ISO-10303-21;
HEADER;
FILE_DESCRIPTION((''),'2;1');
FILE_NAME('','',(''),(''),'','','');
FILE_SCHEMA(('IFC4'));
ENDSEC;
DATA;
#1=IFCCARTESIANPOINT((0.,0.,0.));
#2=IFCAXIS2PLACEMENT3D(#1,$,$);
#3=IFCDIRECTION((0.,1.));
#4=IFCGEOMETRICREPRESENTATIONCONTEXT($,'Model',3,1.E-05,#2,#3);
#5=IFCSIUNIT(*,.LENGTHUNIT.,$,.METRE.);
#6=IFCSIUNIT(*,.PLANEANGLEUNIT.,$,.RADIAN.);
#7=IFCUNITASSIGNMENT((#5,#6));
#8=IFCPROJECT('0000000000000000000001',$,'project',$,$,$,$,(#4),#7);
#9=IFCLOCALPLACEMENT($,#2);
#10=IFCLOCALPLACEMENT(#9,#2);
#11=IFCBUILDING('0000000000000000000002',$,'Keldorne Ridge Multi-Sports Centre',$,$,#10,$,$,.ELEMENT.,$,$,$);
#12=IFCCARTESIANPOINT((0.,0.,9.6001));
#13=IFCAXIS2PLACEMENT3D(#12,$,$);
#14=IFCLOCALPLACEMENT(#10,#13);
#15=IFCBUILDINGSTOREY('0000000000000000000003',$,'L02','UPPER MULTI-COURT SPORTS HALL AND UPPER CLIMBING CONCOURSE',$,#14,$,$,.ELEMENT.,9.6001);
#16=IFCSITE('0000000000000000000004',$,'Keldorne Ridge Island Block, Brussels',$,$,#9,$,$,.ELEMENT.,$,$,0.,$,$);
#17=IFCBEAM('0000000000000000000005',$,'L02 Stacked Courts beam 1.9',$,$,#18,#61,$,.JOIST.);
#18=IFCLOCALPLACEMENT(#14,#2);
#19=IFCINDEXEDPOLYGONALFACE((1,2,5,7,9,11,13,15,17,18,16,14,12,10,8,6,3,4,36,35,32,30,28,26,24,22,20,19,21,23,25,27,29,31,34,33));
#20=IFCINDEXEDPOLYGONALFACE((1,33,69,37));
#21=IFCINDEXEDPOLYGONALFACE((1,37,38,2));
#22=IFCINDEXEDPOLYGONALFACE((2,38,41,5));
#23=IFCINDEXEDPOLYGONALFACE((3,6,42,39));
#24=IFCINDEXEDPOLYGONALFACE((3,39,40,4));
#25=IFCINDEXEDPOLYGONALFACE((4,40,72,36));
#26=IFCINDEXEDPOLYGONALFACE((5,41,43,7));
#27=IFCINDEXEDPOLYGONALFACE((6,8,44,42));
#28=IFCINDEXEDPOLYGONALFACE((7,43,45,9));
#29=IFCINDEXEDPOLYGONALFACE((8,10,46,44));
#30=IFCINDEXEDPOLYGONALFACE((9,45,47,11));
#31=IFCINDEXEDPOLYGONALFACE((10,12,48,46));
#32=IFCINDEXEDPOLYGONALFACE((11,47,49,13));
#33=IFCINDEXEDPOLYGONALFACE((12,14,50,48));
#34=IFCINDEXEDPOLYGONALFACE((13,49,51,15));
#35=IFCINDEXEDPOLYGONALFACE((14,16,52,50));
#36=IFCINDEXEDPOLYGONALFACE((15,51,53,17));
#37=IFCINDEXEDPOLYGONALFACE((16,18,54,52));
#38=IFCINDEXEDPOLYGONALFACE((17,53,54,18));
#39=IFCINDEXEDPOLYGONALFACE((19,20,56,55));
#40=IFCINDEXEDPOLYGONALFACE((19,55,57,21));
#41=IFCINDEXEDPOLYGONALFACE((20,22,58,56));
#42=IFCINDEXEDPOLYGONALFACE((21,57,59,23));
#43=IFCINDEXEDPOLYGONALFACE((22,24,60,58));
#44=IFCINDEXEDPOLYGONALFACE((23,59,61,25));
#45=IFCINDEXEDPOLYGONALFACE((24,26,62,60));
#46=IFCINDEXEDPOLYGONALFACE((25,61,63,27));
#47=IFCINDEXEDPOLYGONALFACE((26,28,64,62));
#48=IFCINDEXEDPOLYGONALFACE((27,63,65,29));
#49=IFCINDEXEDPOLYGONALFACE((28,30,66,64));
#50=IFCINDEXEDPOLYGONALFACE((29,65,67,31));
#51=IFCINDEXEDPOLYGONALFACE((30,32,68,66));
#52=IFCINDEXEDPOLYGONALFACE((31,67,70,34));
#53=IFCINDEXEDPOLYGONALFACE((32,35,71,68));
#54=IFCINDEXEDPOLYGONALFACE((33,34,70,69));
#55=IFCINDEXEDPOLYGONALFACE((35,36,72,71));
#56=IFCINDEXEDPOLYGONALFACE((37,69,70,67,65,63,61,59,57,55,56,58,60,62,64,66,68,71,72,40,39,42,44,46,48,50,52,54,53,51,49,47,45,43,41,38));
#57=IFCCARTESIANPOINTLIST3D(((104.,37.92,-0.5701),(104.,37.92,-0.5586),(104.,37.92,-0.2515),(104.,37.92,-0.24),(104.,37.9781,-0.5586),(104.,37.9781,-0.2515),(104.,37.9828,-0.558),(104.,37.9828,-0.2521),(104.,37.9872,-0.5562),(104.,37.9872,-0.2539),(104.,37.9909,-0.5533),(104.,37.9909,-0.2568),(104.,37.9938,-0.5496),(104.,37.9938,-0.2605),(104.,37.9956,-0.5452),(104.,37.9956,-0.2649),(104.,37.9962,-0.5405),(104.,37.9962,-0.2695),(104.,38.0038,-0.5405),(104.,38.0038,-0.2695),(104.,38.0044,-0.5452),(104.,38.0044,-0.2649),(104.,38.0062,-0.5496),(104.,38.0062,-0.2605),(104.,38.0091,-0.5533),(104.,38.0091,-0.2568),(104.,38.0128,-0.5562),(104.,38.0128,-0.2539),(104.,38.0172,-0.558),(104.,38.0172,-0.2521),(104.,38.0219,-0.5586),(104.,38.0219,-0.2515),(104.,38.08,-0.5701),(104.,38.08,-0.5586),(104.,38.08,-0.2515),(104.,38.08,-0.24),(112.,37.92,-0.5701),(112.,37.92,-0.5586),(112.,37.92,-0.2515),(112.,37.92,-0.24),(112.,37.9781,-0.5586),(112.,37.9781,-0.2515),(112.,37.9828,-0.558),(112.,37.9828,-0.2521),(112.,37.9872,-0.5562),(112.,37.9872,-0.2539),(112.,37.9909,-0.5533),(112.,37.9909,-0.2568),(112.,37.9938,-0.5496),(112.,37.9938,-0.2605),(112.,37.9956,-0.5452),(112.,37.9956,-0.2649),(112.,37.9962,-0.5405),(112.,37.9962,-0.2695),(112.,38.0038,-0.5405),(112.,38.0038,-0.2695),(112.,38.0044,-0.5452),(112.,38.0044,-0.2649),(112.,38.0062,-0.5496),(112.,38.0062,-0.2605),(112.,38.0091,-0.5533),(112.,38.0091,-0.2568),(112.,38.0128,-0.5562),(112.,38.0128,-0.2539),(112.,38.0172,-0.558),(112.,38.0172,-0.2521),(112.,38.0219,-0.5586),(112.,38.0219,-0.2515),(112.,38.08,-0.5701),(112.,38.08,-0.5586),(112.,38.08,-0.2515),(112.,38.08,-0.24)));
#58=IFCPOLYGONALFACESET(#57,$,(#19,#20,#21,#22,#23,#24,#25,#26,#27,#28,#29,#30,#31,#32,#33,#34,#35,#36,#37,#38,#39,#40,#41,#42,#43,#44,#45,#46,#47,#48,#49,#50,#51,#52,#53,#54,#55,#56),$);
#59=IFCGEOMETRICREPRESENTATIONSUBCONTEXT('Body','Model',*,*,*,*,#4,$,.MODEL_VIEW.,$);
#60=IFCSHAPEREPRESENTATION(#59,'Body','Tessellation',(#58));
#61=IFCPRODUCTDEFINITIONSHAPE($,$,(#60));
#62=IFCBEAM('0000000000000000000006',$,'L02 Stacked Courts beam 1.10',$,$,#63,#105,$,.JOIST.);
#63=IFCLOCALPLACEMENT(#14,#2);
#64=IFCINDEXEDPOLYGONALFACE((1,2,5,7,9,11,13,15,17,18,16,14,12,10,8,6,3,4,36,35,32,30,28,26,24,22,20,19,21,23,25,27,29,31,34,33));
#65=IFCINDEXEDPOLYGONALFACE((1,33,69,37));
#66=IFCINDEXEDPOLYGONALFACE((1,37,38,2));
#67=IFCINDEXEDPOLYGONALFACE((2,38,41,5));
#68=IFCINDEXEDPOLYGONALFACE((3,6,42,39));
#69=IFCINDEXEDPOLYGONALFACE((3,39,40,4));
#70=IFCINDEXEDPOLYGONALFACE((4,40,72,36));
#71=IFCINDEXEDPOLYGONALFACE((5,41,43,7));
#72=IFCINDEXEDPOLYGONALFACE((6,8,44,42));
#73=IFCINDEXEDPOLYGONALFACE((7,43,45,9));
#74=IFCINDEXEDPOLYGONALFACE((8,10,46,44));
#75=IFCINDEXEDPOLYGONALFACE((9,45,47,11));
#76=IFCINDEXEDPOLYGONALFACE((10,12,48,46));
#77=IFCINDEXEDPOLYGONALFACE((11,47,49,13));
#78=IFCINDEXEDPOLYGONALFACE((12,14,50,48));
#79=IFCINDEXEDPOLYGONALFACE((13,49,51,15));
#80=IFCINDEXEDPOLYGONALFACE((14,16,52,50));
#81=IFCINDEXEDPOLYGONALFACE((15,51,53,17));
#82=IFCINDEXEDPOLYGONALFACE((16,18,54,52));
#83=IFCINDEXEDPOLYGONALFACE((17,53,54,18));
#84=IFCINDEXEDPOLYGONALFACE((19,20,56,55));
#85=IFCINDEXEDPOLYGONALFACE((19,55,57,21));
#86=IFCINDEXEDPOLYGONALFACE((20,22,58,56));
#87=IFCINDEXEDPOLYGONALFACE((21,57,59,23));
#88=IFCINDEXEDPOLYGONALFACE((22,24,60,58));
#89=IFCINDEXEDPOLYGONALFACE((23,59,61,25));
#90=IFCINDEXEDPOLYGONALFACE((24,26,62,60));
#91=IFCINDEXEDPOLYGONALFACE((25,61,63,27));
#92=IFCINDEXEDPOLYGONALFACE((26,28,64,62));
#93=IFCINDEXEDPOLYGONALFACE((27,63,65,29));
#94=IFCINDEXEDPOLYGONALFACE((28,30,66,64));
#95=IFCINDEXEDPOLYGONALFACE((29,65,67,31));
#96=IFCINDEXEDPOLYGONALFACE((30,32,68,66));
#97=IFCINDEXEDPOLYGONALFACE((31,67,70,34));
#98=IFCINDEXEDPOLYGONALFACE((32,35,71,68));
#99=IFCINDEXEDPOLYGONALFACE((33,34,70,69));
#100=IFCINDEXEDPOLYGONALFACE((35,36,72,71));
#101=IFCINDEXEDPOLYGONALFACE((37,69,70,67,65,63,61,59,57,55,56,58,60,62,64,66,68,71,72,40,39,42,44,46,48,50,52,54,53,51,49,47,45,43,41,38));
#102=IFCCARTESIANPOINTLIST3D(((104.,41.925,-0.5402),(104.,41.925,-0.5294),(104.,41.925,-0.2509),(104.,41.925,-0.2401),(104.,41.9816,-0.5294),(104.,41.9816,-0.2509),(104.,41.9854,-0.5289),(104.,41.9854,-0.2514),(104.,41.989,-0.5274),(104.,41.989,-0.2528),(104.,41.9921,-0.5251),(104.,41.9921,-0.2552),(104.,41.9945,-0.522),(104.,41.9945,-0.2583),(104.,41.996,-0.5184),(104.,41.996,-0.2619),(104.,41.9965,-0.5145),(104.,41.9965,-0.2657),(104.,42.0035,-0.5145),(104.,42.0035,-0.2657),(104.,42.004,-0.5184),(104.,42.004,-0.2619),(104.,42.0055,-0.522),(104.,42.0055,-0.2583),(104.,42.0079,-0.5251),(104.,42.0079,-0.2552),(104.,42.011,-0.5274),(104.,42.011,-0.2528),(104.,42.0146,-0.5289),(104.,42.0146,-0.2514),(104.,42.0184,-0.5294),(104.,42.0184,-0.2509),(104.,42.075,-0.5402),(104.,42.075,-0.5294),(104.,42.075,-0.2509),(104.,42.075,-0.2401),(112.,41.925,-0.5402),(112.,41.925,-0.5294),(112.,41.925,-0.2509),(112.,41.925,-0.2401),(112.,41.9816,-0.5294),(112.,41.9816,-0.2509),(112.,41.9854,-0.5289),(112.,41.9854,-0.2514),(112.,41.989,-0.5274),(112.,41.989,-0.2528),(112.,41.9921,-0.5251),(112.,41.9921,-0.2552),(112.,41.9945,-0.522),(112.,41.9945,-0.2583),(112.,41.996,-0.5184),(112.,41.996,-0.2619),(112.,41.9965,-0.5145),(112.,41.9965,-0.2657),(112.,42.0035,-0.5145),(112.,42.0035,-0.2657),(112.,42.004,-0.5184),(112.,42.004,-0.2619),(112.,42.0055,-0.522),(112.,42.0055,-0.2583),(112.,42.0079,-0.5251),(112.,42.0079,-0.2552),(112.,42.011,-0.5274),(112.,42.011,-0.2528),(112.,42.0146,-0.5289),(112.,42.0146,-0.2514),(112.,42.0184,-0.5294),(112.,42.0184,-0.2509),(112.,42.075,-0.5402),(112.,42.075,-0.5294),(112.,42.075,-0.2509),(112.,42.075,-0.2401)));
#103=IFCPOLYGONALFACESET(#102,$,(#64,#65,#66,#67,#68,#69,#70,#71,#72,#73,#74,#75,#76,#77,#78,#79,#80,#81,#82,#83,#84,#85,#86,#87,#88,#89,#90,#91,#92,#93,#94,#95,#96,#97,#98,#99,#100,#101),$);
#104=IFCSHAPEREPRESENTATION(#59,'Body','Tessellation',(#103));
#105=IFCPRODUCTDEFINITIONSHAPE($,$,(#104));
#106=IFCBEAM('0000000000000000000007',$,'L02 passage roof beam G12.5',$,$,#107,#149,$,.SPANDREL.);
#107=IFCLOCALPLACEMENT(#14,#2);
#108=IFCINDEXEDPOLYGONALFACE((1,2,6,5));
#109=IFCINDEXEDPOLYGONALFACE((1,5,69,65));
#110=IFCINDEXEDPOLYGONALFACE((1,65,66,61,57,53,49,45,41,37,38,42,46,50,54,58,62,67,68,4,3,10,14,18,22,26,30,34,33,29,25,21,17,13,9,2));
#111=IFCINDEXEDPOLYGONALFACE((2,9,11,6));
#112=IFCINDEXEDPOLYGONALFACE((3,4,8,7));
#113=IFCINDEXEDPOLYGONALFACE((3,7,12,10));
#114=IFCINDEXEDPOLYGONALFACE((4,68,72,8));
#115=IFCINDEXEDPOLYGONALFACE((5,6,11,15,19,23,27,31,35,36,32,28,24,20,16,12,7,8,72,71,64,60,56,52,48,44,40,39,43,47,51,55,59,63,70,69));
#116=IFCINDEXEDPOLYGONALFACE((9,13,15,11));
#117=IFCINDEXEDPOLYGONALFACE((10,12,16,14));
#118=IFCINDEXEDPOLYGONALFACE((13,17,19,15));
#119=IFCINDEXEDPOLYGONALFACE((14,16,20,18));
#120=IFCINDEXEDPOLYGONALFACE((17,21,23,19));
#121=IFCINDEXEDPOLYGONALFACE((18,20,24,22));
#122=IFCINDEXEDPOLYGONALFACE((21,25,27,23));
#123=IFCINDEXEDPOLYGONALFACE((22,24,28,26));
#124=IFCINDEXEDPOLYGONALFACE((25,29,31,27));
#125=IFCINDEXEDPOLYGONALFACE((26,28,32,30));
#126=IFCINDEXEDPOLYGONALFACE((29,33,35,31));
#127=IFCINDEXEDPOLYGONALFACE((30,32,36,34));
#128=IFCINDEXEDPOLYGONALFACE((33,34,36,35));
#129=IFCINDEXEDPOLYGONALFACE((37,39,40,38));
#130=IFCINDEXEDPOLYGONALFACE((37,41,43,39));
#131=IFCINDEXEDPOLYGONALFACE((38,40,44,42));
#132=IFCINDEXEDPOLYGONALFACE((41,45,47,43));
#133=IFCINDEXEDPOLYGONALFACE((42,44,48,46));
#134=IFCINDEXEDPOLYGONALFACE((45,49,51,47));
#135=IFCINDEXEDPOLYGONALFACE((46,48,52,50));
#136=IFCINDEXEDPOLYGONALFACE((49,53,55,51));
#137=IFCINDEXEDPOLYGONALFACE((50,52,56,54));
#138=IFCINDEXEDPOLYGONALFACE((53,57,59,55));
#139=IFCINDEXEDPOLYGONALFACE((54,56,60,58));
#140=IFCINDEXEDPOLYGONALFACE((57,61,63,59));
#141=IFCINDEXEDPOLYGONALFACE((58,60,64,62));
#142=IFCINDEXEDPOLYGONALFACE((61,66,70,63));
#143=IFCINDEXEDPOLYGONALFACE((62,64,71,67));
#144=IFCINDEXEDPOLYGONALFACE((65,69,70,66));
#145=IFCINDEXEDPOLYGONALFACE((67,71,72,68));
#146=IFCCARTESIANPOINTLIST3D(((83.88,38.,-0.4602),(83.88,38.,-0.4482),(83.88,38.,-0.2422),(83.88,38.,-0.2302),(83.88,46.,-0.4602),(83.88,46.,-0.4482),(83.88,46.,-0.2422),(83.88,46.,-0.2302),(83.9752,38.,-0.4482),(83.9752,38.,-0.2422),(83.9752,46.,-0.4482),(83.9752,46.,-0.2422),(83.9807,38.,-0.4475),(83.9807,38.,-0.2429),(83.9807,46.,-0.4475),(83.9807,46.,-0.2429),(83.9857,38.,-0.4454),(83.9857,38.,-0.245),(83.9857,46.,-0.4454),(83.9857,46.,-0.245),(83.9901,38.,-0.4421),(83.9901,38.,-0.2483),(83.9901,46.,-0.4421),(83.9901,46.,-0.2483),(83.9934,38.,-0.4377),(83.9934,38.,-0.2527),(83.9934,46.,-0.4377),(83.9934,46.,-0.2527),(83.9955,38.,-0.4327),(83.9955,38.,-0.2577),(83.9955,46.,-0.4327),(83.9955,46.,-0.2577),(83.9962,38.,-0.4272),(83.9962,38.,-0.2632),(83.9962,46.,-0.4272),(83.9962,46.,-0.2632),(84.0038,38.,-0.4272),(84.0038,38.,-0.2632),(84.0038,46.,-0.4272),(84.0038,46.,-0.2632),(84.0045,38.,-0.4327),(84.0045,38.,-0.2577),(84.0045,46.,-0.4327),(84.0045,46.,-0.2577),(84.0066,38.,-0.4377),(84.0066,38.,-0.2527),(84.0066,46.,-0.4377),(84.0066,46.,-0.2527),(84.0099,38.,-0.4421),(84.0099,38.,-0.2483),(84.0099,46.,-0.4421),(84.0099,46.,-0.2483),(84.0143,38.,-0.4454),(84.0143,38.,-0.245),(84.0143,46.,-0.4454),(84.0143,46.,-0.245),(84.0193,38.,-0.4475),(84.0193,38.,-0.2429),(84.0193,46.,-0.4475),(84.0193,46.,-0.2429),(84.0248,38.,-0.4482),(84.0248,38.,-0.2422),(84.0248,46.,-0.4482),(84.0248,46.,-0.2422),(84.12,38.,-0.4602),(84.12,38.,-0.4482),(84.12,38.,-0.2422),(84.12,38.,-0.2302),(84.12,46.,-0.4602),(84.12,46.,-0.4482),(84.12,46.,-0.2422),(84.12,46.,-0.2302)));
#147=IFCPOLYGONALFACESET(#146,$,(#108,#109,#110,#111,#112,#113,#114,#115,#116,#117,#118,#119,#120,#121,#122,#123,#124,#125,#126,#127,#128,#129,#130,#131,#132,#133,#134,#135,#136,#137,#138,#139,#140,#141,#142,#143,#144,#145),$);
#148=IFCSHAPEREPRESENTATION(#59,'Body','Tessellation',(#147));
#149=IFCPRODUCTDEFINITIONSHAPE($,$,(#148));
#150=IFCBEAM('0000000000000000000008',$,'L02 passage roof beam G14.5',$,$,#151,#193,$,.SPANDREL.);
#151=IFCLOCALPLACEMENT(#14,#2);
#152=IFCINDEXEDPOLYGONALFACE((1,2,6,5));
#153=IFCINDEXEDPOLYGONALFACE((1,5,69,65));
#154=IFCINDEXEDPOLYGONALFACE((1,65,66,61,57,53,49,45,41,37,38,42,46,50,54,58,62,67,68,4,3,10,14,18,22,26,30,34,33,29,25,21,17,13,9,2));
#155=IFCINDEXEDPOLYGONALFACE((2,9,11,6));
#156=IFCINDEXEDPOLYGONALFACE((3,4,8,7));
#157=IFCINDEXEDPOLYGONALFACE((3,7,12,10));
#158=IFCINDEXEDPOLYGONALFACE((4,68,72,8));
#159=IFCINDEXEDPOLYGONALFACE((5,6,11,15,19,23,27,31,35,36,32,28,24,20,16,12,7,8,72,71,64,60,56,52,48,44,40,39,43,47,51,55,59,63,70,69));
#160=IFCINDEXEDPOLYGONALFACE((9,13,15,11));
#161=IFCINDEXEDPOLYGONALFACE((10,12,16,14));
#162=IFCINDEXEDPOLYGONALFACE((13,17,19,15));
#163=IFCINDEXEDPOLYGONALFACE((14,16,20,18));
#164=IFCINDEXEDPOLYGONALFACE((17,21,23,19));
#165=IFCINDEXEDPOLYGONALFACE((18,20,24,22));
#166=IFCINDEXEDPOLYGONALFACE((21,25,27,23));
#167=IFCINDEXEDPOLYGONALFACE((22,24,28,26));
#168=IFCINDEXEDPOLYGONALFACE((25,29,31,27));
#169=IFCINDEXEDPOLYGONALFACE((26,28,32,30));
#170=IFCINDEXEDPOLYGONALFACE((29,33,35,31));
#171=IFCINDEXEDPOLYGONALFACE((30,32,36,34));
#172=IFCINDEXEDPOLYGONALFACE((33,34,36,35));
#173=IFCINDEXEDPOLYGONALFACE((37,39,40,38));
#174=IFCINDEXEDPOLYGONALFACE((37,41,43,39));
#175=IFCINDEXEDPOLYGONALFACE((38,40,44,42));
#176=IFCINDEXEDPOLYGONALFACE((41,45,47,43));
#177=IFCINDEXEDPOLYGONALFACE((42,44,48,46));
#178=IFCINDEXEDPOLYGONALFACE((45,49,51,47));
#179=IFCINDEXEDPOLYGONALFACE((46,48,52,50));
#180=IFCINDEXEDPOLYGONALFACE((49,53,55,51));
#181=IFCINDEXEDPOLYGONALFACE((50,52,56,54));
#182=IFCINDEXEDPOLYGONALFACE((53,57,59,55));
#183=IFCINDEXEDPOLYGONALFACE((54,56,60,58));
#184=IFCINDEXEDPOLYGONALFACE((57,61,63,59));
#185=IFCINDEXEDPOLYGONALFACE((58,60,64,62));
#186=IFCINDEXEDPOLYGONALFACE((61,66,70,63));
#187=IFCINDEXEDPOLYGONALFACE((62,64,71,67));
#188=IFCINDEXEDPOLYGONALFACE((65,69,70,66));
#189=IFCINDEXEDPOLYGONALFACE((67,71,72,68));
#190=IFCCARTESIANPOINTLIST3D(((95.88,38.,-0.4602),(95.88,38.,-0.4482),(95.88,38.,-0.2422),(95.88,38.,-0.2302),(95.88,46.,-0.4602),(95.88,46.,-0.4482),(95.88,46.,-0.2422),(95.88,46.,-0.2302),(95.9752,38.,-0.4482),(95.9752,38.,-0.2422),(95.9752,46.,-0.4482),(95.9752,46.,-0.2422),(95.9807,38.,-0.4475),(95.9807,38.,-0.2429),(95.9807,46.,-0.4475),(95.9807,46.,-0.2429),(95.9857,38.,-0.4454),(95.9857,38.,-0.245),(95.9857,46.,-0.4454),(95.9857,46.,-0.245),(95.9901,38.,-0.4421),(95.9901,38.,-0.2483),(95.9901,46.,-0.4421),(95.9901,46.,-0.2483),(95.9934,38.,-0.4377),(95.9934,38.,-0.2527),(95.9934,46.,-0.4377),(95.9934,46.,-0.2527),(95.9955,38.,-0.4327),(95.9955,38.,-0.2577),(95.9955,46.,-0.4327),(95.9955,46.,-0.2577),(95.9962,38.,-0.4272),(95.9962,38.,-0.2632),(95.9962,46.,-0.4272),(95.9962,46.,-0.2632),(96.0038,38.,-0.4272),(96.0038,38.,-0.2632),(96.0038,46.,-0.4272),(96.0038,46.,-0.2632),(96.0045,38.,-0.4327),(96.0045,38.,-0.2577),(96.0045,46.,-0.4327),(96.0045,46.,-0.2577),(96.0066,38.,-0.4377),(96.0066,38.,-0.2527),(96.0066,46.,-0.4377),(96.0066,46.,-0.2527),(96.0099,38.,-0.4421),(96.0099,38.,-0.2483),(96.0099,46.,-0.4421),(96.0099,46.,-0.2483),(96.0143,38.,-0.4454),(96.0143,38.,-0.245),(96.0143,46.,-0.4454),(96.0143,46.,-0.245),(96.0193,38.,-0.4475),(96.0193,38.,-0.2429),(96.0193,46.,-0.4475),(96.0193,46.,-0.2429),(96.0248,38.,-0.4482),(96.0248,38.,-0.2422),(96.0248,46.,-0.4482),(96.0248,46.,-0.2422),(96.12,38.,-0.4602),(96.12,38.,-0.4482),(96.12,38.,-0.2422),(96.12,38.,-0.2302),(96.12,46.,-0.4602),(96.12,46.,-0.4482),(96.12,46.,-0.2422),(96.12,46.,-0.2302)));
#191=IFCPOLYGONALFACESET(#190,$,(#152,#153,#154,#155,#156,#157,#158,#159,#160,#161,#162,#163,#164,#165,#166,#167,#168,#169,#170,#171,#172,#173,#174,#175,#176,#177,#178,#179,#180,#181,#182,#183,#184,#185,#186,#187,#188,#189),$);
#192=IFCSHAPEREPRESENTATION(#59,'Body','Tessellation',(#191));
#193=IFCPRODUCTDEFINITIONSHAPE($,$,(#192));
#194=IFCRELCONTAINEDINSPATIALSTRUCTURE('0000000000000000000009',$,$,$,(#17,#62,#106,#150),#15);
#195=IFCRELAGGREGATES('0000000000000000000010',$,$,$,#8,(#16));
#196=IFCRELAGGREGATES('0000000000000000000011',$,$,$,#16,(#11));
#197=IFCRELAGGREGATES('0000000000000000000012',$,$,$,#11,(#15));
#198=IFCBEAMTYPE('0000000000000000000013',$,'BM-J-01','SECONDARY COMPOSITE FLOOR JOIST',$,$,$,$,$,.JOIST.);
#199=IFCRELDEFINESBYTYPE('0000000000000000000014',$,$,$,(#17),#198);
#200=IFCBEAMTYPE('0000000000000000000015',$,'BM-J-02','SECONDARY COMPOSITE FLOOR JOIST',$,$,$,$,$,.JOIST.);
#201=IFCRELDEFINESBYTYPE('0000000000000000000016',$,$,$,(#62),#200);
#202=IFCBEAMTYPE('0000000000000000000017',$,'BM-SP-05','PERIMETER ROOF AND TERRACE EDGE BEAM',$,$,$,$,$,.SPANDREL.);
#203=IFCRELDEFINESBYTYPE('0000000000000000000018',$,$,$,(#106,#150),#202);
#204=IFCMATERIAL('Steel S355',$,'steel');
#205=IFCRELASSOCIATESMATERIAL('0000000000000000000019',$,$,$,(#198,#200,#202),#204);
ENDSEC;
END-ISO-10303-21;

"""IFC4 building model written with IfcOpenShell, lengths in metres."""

from ifc_helpers import new_model, si_unit, direction, frame, origin, origin_2d, place, context, subcontext, project, spatial, i_section, extrude, material, material_profile, profile_set, type_object, element, save


model = new_model("IFC4")

# Units and contexts
model_context = context("Model", 3, precision=1e-05, world=origin(), true_north=direction((0.0, 1.0)))
body_context = subcontext(model_context, "Body", "Model", "MODEL_VIEW")
ifc_project = project(units=[si_unit("LENGTHUNIT", "METRE"), si_unit("PLANEANGLEUNIT", "RADIAN")], contexts=[model_context])

# Site, building, storey
site_placement = place(None, origin())
site = spatial("IfcSite", under=ifc_project, at=site_placement, Name="Keldorne Ridge Island Block, Brussels", CompositionType="ELEMENT", RefElevation=0.0)
building_placement = place(site_placement, origin())
building = spatial("IfcBuilding", under=site, at=building_placement, Name="Keldorne Ridge Multi-Sports Centre", CompositionType="ELEMENT")
storey_placement = place(building_placement, frame((0.0, 0.0, 9.6001)))
storey = spatial("IfcBuildingStorey", under=building, at=storey_placement, Name="L02", Description="UPPER MULTI-COURT SPORTS HALL AND UPPER CLIMBING CONCOURSE", CompositionType="ELEMENT", Elevation=9.6001)

# Shared definitions
ifc_material_1 = material(Name="Steel S355", Category="steel")

# Beams
ifc_material_profile_1 = material_profile(ifc_material_1, i_section(OverallWidth=0.1599, OverallDepth=0.3301, WebThickness=0.0076, FlangeThickness=0.0115, FilletRadius=0.0181, at=origin_2d()), Name="IPE 330")
ifc_profile_set_1 = profile_set([ifc_material_profile_1], Name="Steel S355")
beam_type_1 = type_object("IfcBeamType", Name="BM-J-01", Description="SECONDARY COMPOSITE FLOOR JOIST", PredefinedType="JOIST", material=ifc_profile_set_1)
beam_1_placement = place(storey_placement, frame((104.0, 38.0, -0.405), z_axis=(1.0, 0.0, 0.0), x_axis=(0.0, 1.0, 0.0)))
element("IfcBeam", 1, at=beam_1_placement, inside=storey, type_object=beam_type_1, Name="L02 Stacked Courts beam 1.9", PredefinedType="JOIST", context=body_context, shape_type="SweptSolid", body=[
    extrude(i_section(OverallWidth=0.1599, OverallDepth=0.3301, WebThickness=0.0076, FlangeThickness=0.0115, FilletRadius=0.0181, at=origin_2d()), origin(), (0.0, 0.0, 1.0), 8.0),
])
ifc_material_profile_2 = material_profile(ifc_material_1, i_section(OverallWidth=0.1499, OverallDepth=0.3, WebThickness=0.0071, FlangeThickness=0.0107, FilletRadius=0.0149, at=origin_2d()), Name="IPE 300")
ifc_profile_set_2 = profile_set([ifc_material_profile_2], Name="Steel S355")
beam_type_2 = type_object("IfcBeamType", Name="BM-J-02", Description="SECONDARY COMPOSITE FLOOR JOIST", PredefinedType="JOIST", material=ifc_profile_set_2)
beam_2_placement = place(storey_placement, frame((104.0, 42.0, -0.3901), z_axis=(1.0, 0.0, 0.0), x_axis=(0.0, 1.0, 0.0)))
element("IfcBeam", 2, at=beam_2_placement, inside=storey, type_object=beam_type_2, Name="L02 Stacked Courts beam 1.10", PredefinedType="JOIST", context=body_context, shape_type="SweptSolid", body=[
    extrude(i_section(OverallWidth=0.1499, OverallDepth=0.3, WebThickness=0.0071, FlangeThickness=0.0107, FilletRadius=0.0149, at=origin_2d()), origin(), (0.0, 0.0, 1.0), 8.0),
])
ifc_material_profile_3 = material_profile(ifc_material_1, i_section(OverallWidth=0.24, OverallDepth=0.23, WebThickness=0.0076, FlangeThickness=0.012, FilletRadius=0.021, at=origin_2d()), Name="HEA 240")
ifc_profile_set_3 = profile_set([ifc_material_profile_3], Name="Steel S355")
beam_type_3 = type_object("IfcBeamType", Name="BM-SP-05", Description="PERIMETER ROOF AND TERRACE EDGE BEAM", PredefinedType="SPANDREL", material=ifc_profile_set_3)
for number, where, z_axis, x_axis, name in (
    (3, (84.0, 38.0, -0.3452), (0.0, 1.0, 0.0), (-1.0, 0.0, 0.0), "L02 passage roof beam G12.5"),
    (4, (96.0, 38.0, -0.3452), (0.0, 1.0, 0.0), (-1.0, 0.0, 0.0), "L02 passage roof beam G14.5"),
):
    element("IfcBeam", number, at=place(storey_placement, frame(where, z_axis=z_axis, x_axis=x_axis)), inside=storey, type_object=beam_type_3, Name=name, PredefinedType="SPANDREL", context=body_context, shape_type="SweptSolid", body=[
        extrude(i_section(OverallWidth=0.24, OverallDepth=0.23, WebThickness=0.0076, FlangeThickness=0.012, FilletRadius=0.021, at=origin_2d()), origin(), (0.0, 0.0, 1.0), 8.0),
    ])

save(model, "model.ifc")
